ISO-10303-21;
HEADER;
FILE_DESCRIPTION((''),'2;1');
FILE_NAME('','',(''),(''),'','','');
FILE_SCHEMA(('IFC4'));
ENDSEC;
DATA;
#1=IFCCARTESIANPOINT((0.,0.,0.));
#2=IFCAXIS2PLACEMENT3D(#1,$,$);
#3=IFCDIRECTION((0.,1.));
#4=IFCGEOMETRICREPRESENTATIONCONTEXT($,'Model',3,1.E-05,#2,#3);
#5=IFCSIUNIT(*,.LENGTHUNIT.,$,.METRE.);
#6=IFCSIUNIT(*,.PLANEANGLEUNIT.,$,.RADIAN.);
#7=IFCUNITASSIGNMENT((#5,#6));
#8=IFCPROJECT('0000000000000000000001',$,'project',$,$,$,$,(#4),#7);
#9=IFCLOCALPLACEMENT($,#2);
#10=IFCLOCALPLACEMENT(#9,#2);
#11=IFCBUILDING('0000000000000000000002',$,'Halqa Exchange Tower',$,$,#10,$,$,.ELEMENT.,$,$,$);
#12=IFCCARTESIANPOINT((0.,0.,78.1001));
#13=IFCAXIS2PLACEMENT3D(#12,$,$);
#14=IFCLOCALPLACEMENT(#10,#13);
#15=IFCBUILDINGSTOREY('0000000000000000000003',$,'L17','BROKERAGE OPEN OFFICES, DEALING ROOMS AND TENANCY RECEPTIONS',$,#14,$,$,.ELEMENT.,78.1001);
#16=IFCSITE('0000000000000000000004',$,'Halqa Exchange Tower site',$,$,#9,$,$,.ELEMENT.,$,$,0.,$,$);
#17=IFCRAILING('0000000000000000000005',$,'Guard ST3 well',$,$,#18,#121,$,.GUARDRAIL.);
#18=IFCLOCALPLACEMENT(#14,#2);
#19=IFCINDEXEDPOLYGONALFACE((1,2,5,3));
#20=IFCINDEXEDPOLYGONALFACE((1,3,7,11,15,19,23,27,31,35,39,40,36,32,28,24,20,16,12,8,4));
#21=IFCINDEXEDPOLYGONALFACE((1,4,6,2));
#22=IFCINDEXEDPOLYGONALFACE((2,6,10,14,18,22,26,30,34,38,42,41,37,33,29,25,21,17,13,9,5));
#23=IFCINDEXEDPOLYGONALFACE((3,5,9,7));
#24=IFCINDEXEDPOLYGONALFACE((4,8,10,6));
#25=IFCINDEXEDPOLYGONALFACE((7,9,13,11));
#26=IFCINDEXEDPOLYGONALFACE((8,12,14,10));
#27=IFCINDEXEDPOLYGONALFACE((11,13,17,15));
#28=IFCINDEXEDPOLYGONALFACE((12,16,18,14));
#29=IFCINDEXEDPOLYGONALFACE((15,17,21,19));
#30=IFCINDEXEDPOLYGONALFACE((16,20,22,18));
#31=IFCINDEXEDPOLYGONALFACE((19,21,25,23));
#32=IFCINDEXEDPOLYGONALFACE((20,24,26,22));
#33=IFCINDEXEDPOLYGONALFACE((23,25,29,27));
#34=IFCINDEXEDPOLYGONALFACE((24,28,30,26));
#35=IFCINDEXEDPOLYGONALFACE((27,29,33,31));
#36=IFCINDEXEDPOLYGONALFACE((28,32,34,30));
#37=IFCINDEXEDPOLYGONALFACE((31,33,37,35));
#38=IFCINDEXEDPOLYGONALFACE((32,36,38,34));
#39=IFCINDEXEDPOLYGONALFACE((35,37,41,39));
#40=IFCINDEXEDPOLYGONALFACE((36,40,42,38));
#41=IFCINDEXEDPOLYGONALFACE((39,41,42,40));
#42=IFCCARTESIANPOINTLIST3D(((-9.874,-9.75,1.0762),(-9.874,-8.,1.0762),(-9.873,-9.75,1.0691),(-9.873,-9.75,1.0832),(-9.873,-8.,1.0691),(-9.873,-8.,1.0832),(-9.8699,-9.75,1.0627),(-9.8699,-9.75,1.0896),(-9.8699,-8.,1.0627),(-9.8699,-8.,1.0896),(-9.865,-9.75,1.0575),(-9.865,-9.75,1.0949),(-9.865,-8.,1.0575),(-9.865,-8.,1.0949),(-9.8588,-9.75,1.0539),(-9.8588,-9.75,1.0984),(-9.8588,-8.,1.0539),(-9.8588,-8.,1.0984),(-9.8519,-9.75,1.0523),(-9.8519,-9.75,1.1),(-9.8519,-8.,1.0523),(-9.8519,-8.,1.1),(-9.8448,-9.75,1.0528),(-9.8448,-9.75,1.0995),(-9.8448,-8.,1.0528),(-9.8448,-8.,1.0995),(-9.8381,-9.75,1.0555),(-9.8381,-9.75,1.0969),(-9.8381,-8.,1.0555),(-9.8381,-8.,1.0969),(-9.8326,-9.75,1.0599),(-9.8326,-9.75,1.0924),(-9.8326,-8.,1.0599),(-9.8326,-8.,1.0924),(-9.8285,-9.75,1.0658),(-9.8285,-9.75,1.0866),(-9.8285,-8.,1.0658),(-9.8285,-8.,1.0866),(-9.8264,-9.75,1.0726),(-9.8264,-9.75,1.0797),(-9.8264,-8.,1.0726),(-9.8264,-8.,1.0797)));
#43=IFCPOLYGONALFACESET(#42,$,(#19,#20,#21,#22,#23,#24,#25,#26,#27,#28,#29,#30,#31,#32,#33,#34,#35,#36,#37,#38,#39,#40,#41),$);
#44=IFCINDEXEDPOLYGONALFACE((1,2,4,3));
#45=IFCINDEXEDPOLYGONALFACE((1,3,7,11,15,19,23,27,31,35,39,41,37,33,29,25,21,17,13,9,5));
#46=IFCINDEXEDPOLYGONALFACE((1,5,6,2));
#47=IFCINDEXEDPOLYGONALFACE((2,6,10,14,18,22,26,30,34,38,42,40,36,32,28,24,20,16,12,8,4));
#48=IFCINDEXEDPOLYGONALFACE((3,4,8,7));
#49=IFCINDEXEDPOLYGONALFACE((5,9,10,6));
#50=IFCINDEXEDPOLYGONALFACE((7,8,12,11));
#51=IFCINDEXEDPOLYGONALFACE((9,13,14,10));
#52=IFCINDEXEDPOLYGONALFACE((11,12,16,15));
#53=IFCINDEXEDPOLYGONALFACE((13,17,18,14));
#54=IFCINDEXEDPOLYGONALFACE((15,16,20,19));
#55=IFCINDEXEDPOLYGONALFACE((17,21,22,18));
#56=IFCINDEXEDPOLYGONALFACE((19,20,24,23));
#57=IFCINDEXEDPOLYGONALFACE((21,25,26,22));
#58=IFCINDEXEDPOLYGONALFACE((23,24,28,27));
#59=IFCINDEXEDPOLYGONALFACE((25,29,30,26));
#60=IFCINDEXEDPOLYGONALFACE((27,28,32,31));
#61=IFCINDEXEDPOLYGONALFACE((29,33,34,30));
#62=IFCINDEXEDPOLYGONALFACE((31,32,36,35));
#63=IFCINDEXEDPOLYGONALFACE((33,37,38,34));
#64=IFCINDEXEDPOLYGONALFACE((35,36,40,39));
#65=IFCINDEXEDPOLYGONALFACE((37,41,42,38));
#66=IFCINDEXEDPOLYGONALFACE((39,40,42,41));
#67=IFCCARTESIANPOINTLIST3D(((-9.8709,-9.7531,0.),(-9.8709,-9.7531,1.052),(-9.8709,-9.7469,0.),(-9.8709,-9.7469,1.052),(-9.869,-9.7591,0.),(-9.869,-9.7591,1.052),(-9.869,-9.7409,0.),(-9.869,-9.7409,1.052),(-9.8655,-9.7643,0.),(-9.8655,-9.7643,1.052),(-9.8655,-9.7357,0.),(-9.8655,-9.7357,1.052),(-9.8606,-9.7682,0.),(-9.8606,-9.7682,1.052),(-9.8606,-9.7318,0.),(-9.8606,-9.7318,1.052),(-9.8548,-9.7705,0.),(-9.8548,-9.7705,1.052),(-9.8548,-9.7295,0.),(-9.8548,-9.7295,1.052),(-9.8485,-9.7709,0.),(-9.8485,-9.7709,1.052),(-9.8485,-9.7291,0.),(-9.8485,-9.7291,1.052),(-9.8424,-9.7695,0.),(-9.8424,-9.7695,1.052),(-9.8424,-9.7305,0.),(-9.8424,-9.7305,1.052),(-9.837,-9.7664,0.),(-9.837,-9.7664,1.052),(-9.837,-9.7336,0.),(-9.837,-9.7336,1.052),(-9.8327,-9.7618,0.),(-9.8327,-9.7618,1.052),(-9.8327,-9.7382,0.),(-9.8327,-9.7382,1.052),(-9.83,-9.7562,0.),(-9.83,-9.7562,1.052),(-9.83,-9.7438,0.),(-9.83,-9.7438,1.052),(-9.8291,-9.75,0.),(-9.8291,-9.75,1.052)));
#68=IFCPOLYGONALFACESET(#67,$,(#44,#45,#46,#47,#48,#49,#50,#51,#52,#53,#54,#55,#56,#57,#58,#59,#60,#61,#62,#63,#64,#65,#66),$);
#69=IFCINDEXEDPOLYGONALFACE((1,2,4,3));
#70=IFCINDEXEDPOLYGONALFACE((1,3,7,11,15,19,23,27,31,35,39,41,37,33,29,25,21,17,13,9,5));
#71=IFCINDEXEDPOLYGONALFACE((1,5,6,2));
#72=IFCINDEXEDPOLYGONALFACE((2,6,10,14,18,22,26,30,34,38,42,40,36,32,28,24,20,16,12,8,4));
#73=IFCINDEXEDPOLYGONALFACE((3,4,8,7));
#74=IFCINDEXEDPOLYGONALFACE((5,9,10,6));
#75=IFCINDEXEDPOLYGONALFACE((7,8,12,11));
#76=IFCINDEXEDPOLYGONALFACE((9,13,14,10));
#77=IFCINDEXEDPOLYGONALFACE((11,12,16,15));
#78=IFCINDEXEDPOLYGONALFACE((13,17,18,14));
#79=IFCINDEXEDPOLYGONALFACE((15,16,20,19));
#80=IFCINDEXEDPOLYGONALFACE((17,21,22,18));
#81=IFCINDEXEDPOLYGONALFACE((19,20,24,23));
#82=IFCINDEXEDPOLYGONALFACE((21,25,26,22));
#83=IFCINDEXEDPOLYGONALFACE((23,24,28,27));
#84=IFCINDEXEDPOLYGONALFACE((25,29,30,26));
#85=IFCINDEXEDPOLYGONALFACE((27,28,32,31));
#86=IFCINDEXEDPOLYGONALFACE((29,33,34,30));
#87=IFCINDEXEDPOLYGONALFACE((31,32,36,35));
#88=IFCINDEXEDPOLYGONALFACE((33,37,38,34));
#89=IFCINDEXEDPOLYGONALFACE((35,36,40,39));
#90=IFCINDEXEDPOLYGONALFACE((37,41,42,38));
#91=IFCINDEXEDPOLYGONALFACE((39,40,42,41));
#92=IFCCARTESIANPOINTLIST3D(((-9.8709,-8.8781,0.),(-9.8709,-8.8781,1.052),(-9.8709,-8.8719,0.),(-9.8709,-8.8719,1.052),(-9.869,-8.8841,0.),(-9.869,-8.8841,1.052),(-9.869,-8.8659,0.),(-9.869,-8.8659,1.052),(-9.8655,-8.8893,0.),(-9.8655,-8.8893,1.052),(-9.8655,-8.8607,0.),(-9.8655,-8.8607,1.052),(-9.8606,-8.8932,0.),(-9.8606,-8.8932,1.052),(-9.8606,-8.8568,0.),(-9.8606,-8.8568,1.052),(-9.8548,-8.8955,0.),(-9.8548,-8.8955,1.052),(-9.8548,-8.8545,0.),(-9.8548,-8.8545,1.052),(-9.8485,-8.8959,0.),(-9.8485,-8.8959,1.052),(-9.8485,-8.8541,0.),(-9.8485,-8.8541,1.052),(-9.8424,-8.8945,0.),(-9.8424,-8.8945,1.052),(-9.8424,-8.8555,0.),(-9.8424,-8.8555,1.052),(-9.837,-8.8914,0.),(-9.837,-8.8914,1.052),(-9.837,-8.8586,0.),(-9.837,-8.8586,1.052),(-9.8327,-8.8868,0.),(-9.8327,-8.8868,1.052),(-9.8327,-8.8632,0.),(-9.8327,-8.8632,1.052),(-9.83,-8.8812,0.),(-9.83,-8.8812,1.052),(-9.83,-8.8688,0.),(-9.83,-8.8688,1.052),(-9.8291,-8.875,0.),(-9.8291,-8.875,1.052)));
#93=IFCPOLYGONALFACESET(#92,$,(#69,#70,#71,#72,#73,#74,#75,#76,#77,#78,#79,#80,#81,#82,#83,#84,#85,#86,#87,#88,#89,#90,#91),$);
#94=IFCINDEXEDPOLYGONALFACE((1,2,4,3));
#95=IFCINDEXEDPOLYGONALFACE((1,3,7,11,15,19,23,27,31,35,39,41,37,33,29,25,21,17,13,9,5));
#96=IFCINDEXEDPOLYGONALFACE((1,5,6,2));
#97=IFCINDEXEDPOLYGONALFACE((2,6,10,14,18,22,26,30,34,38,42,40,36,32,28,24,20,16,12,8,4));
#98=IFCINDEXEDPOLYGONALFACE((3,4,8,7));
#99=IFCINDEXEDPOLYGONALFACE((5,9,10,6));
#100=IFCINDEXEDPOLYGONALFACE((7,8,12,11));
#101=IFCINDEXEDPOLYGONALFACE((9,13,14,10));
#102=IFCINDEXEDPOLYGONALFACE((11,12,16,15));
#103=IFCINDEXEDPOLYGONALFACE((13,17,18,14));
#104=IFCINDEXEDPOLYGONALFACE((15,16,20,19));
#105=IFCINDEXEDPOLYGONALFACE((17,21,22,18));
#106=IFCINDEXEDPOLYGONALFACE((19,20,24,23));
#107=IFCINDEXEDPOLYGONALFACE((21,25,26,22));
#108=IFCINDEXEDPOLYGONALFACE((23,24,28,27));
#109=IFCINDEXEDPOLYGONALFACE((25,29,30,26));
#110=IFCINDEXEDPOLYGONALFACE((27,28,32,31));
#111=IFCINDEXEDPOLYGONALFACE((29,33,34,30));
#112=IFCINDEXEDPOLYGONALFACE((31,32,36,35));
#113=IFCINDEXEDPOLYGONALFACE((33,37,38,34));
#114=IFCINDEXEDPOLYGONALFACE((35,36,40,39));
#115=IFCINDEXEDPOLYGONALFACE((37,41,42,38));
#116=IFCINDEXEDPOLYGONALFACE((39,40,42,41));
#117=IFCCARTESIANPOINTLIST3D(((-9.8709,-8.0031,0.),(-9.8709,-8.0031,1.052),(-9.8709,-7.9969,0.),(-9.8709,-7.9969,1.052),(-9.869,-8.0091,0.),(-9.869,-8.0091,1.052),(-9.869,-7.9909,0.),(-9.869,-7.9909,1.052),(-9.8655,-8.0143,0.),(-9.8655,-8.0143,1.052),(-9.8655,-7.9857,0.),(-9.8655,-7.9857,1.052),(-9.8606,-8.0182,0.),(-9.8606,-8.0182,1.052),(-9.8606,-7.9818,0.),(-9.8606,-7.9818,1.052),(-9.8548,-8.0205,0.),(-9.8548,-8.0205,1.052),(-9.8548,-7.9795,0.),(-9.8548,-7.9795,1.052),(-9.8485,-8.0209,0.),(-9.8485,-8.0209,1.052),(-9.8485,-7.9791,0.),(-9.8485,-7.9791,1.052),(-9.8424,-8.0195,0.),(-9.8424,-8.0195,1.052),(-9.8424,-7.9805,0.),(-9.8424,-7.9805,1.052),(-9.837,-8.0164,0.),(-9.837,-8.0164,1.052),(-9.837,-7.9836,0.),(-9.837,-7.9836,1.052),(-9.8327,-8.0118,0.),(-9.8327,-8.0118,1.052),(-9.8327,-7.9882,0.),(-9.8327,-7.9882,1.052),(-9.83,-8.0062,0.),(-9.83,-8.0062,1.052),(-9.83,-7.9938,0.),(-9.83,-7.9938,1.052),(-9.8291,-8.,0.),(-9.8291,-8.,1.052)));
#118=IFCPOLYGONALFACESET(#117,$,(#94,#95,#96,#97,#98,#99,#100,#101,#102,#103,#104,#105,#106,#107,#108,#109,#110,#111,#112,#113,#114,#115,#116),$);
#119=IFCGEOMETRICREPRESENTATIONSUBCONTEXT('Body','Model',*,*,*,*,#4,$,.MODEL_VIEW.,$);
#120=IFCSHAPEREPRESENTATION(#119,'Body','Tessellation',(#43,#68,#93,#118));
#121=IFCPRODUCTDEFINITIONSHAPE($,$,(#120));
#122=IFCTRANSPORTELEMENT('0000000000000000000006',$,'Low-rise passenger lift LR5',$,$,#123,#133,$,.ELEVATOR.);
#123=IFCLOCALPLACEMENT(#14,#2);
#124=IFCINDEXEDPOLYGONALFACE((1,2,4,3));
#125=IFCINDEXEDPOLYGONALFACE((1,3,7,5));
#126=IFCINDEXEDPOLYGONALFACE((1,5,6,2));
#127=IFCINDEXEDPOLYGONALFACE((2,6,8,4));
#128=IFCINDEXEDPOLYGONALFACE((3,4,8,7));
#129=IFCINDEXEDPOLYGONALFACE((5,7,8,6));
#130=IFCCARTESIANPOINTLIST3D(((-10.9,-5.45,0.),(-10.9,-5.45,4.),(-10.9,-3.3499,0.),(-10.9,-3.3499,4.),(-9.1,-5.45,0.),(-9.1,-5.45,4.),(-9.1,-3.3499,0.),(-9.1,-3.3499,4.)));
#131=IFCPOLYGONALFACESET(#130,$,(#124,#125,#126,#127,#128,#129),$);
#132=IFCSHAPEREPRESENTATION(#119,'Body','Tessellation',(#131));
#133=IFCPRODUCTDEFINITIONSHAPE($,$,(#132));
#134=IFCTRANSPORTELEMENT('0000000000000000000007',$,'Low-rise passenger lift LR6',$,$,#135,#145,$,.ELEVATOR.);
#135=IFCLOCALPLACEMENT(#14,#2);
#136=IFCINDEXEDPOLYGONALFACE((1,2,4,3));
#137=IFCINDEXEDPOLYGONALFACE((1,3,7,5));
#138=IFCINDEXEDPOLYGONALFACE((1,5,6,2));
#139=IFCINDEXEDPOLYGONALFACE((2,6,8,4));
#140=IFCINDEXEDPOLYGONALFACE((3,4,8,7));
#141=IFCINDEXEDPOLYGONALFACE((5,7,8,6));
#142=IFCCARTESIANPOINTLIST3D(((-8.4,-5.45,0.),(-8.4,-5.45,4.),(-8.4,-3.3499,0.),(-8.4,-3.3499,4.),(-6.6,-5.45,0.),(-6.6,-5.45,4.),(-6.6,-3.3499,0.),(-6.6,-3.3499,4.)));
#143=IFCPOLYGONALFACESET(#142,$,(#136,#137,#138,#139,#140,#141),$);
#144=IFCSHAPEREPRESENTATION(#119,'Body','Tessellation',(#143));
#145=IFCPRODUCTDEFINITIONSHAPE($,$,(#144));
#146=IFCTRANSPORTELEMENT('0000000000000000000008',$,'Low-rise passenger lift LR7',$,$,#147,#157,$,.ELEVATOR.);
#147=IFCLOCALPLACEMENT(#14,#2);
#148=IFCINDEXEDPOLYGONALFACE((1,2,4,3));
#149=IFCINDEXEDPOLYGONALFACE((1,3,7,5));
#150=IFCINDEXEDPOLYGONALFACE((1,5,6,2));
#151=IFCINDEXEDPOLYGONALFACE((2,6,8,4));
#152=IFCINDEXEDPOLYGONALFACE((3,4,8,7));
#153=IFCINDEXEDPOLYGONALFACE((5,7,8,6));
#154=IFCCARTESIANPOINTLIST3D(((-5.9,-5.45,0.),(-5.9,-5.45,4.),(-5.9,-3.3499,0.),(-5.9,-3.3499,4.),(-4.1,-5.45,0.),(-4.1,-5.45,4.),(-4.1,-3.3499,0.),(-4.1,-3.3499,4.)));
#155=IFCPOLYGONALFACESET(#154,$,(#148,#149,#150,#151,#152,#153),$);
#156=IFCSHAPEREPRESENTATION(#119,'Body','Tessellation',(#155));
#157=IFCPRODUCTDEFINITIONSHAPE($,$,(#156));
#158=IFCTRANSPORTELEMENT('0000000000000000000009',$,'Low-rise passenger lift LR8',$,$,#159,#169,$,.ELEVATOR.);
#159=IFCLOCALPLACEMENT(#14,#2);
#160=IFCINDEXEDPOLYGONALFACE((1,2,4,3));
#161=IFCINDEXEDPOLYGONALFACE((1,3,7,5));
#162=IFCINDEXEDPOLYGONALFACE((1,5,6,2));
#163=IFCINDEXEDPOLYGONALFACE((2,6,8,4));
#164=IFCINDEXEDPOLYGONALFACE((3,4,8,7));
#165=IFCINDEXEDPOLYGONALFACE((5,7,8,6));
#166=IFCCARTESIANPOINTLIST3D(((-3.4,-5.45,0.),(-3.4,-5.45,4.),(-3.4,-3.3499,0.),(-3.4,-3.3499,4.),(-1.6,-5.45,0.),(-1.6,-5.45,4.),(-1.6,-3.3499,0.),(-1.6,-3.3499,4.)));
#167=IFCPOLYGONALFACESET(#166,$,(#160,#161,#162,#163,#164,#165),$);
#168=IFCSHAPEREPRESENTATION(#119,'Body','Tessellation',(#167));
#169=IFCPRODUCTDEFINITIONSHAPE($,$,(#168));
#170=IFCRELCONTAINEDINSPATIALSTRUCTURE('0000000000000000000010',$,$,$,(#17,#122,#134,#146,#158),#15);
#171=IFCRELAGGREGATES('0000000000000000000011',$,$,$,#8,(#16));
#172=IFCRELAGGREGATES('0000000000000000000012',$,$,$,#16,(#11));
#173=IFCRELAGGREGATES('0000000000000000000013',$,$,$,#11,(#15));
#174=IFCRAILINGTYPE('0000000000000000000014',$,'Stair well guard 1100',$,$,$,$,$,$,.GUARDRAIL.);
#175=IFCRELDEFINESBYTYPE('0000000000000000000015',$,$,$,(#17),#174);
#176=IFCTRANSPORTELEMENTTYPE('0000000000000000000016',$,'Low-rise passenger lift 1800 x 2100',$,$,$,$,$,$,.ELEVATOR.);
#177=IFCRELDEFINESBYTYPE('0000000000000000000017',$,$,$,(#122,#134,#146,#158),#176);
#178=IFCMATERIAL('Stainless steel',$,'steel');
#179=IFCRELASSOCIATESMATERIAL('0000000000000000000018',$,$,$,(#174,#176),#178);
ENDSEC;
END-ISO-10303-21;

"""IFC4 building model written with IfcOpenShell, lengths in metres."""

from ifc_helpers import new_model, si_unit, direction, frame, origin, origin_2d, place, context, subcontext, project, spatial, rectangle, circle, extrude, material, type_object, element, save


model = new_model("IFC4")

# Units and contexts
model_context = context("Model", 3, precision=1e-05, world=origin(), true_north=direction((0.0, 1.0)))
body_context = subcontext(model_context, "Body", "Model", "MODEL_VIEW")
ifc_project = project(units=[si_unit("LENGTHUNIT", "METRE"), si_unit("PLANEANGLEUNIT", "RADIAN")], contexts=[model_context])

# Site, building, storey
site_placement = place(None, origin())
site = spatial("IfcSite", under=ifc_project, at=site_placement, Name="Halqa Exchange Tower site", CompositionType="ELEMENT", RefElevation=0.0)
building_placement = place(site_placement, origin())
building = spatial("IfcBuilding", under=site, at=building_placement, Name="Halqa Exchange Tower", CompositionType="ELEMENT")
storey_placement = place(building_placement, frame((0.0, 0.0, 78.1001)))
storey = spatial("IfcBuildingStorey", under=building, at=storey_placement, Name="L17", Description="BROKERAGE OPEN OFFICES, DEALING ROOMS AND TENANCY RECEPTIONS", CompositionType="ELEMENT", Elevation=78.1001)

# Shared definitions
ifc_material_1 = material(Name="Stainless steel", Category="steel")

# Railing
railing_type_1 = type_object("IfcRailingType", Name="Stair well guard 1100", PredefinedType="GUARDRAIL", material=ifc_material_1)
railing_1_placement = place(storey_placement, frame((-9.8501, -9.75, 0.0)))
element("IfcRailing", 1, at=railing_1_placement, inside=storey, type_object=railing_type_1, Name="Guard ST3 well", PredefinedType="GUARDRAIL", context=body_context, shape_type="SweptSolid", body=[
    extrude(circle(Radius=0.0239, at=origin_2d()), frame((0.0, 0.0, 1.0762), z_axis=(0.0, 1.0, 0.0), x_axis=(-1.0, 0.0, 0.0)), (0.0, 0.0, 1.0), 1.75),
    extrude(circle(Radius=0.021, at=origin_2d()), origin(), (0.0, 0.0, 1.0), 1.052),
    extrude(circle(Radius=0.021, at=origin_2d()), frame((0.0, 0.875, 0.0)), (0.0, 0.0, 1.0), 1.052),
    extrude(circle(Radius=0.021, at=origin_2d()), frame((0.0, 1.75, 0.0)), (0.0, 0.0, 1.0), 1.052),
])

# Transport elements
transport_element_type = type_object("IfcTransportElementType", Name="Low-rise passenger lift 1800 x 2100", PredefinedType="ELEVATOR", material=ifc_material_1)
for number, where, z_axis, x_axis, name in (
    (2, (-10.0, -4.3999, 0.0), (0.0, 0.0, 1.0), (1.0, 0.0, 0.0), "Low-rise passenger lift LR5"),
    (3, (-7.5, -4.3999, 0.0), (0.0, 0.0, 1.0), (1.0, 0.0, 0.0), "Low-rise passenger lift LR6"),
    (4, (-5.0, -4.3999, 0.0), (0.0, 0.0, 1.0), (1.0, 0.0, 0.0), "Low-rise passenger lift LR7"),
    (5, (-2.5, -4.3999, 0.0), (0.0, 0.0, 1.0), (1.0, 0.0, 0.0), "Low-rise passenger lift LR8"),
):
    element("IfcTransportElement", number, at=place(storey_placement, frame(where, z_axis=z_axis, x_axis=x_axis)), inside=storey, type_object=transport_element_type, Name=name, PredefinedType="ELEVATOR", context=body_context, shape_type="SweptSolid", body=[
        extrude(rectangle(XDim=1.8, YDim=2.1001, at=origin_2d()), origin(), (0.0, 0.0, 1.0), 4.0),
    ])

save(model, "model.ifc")
